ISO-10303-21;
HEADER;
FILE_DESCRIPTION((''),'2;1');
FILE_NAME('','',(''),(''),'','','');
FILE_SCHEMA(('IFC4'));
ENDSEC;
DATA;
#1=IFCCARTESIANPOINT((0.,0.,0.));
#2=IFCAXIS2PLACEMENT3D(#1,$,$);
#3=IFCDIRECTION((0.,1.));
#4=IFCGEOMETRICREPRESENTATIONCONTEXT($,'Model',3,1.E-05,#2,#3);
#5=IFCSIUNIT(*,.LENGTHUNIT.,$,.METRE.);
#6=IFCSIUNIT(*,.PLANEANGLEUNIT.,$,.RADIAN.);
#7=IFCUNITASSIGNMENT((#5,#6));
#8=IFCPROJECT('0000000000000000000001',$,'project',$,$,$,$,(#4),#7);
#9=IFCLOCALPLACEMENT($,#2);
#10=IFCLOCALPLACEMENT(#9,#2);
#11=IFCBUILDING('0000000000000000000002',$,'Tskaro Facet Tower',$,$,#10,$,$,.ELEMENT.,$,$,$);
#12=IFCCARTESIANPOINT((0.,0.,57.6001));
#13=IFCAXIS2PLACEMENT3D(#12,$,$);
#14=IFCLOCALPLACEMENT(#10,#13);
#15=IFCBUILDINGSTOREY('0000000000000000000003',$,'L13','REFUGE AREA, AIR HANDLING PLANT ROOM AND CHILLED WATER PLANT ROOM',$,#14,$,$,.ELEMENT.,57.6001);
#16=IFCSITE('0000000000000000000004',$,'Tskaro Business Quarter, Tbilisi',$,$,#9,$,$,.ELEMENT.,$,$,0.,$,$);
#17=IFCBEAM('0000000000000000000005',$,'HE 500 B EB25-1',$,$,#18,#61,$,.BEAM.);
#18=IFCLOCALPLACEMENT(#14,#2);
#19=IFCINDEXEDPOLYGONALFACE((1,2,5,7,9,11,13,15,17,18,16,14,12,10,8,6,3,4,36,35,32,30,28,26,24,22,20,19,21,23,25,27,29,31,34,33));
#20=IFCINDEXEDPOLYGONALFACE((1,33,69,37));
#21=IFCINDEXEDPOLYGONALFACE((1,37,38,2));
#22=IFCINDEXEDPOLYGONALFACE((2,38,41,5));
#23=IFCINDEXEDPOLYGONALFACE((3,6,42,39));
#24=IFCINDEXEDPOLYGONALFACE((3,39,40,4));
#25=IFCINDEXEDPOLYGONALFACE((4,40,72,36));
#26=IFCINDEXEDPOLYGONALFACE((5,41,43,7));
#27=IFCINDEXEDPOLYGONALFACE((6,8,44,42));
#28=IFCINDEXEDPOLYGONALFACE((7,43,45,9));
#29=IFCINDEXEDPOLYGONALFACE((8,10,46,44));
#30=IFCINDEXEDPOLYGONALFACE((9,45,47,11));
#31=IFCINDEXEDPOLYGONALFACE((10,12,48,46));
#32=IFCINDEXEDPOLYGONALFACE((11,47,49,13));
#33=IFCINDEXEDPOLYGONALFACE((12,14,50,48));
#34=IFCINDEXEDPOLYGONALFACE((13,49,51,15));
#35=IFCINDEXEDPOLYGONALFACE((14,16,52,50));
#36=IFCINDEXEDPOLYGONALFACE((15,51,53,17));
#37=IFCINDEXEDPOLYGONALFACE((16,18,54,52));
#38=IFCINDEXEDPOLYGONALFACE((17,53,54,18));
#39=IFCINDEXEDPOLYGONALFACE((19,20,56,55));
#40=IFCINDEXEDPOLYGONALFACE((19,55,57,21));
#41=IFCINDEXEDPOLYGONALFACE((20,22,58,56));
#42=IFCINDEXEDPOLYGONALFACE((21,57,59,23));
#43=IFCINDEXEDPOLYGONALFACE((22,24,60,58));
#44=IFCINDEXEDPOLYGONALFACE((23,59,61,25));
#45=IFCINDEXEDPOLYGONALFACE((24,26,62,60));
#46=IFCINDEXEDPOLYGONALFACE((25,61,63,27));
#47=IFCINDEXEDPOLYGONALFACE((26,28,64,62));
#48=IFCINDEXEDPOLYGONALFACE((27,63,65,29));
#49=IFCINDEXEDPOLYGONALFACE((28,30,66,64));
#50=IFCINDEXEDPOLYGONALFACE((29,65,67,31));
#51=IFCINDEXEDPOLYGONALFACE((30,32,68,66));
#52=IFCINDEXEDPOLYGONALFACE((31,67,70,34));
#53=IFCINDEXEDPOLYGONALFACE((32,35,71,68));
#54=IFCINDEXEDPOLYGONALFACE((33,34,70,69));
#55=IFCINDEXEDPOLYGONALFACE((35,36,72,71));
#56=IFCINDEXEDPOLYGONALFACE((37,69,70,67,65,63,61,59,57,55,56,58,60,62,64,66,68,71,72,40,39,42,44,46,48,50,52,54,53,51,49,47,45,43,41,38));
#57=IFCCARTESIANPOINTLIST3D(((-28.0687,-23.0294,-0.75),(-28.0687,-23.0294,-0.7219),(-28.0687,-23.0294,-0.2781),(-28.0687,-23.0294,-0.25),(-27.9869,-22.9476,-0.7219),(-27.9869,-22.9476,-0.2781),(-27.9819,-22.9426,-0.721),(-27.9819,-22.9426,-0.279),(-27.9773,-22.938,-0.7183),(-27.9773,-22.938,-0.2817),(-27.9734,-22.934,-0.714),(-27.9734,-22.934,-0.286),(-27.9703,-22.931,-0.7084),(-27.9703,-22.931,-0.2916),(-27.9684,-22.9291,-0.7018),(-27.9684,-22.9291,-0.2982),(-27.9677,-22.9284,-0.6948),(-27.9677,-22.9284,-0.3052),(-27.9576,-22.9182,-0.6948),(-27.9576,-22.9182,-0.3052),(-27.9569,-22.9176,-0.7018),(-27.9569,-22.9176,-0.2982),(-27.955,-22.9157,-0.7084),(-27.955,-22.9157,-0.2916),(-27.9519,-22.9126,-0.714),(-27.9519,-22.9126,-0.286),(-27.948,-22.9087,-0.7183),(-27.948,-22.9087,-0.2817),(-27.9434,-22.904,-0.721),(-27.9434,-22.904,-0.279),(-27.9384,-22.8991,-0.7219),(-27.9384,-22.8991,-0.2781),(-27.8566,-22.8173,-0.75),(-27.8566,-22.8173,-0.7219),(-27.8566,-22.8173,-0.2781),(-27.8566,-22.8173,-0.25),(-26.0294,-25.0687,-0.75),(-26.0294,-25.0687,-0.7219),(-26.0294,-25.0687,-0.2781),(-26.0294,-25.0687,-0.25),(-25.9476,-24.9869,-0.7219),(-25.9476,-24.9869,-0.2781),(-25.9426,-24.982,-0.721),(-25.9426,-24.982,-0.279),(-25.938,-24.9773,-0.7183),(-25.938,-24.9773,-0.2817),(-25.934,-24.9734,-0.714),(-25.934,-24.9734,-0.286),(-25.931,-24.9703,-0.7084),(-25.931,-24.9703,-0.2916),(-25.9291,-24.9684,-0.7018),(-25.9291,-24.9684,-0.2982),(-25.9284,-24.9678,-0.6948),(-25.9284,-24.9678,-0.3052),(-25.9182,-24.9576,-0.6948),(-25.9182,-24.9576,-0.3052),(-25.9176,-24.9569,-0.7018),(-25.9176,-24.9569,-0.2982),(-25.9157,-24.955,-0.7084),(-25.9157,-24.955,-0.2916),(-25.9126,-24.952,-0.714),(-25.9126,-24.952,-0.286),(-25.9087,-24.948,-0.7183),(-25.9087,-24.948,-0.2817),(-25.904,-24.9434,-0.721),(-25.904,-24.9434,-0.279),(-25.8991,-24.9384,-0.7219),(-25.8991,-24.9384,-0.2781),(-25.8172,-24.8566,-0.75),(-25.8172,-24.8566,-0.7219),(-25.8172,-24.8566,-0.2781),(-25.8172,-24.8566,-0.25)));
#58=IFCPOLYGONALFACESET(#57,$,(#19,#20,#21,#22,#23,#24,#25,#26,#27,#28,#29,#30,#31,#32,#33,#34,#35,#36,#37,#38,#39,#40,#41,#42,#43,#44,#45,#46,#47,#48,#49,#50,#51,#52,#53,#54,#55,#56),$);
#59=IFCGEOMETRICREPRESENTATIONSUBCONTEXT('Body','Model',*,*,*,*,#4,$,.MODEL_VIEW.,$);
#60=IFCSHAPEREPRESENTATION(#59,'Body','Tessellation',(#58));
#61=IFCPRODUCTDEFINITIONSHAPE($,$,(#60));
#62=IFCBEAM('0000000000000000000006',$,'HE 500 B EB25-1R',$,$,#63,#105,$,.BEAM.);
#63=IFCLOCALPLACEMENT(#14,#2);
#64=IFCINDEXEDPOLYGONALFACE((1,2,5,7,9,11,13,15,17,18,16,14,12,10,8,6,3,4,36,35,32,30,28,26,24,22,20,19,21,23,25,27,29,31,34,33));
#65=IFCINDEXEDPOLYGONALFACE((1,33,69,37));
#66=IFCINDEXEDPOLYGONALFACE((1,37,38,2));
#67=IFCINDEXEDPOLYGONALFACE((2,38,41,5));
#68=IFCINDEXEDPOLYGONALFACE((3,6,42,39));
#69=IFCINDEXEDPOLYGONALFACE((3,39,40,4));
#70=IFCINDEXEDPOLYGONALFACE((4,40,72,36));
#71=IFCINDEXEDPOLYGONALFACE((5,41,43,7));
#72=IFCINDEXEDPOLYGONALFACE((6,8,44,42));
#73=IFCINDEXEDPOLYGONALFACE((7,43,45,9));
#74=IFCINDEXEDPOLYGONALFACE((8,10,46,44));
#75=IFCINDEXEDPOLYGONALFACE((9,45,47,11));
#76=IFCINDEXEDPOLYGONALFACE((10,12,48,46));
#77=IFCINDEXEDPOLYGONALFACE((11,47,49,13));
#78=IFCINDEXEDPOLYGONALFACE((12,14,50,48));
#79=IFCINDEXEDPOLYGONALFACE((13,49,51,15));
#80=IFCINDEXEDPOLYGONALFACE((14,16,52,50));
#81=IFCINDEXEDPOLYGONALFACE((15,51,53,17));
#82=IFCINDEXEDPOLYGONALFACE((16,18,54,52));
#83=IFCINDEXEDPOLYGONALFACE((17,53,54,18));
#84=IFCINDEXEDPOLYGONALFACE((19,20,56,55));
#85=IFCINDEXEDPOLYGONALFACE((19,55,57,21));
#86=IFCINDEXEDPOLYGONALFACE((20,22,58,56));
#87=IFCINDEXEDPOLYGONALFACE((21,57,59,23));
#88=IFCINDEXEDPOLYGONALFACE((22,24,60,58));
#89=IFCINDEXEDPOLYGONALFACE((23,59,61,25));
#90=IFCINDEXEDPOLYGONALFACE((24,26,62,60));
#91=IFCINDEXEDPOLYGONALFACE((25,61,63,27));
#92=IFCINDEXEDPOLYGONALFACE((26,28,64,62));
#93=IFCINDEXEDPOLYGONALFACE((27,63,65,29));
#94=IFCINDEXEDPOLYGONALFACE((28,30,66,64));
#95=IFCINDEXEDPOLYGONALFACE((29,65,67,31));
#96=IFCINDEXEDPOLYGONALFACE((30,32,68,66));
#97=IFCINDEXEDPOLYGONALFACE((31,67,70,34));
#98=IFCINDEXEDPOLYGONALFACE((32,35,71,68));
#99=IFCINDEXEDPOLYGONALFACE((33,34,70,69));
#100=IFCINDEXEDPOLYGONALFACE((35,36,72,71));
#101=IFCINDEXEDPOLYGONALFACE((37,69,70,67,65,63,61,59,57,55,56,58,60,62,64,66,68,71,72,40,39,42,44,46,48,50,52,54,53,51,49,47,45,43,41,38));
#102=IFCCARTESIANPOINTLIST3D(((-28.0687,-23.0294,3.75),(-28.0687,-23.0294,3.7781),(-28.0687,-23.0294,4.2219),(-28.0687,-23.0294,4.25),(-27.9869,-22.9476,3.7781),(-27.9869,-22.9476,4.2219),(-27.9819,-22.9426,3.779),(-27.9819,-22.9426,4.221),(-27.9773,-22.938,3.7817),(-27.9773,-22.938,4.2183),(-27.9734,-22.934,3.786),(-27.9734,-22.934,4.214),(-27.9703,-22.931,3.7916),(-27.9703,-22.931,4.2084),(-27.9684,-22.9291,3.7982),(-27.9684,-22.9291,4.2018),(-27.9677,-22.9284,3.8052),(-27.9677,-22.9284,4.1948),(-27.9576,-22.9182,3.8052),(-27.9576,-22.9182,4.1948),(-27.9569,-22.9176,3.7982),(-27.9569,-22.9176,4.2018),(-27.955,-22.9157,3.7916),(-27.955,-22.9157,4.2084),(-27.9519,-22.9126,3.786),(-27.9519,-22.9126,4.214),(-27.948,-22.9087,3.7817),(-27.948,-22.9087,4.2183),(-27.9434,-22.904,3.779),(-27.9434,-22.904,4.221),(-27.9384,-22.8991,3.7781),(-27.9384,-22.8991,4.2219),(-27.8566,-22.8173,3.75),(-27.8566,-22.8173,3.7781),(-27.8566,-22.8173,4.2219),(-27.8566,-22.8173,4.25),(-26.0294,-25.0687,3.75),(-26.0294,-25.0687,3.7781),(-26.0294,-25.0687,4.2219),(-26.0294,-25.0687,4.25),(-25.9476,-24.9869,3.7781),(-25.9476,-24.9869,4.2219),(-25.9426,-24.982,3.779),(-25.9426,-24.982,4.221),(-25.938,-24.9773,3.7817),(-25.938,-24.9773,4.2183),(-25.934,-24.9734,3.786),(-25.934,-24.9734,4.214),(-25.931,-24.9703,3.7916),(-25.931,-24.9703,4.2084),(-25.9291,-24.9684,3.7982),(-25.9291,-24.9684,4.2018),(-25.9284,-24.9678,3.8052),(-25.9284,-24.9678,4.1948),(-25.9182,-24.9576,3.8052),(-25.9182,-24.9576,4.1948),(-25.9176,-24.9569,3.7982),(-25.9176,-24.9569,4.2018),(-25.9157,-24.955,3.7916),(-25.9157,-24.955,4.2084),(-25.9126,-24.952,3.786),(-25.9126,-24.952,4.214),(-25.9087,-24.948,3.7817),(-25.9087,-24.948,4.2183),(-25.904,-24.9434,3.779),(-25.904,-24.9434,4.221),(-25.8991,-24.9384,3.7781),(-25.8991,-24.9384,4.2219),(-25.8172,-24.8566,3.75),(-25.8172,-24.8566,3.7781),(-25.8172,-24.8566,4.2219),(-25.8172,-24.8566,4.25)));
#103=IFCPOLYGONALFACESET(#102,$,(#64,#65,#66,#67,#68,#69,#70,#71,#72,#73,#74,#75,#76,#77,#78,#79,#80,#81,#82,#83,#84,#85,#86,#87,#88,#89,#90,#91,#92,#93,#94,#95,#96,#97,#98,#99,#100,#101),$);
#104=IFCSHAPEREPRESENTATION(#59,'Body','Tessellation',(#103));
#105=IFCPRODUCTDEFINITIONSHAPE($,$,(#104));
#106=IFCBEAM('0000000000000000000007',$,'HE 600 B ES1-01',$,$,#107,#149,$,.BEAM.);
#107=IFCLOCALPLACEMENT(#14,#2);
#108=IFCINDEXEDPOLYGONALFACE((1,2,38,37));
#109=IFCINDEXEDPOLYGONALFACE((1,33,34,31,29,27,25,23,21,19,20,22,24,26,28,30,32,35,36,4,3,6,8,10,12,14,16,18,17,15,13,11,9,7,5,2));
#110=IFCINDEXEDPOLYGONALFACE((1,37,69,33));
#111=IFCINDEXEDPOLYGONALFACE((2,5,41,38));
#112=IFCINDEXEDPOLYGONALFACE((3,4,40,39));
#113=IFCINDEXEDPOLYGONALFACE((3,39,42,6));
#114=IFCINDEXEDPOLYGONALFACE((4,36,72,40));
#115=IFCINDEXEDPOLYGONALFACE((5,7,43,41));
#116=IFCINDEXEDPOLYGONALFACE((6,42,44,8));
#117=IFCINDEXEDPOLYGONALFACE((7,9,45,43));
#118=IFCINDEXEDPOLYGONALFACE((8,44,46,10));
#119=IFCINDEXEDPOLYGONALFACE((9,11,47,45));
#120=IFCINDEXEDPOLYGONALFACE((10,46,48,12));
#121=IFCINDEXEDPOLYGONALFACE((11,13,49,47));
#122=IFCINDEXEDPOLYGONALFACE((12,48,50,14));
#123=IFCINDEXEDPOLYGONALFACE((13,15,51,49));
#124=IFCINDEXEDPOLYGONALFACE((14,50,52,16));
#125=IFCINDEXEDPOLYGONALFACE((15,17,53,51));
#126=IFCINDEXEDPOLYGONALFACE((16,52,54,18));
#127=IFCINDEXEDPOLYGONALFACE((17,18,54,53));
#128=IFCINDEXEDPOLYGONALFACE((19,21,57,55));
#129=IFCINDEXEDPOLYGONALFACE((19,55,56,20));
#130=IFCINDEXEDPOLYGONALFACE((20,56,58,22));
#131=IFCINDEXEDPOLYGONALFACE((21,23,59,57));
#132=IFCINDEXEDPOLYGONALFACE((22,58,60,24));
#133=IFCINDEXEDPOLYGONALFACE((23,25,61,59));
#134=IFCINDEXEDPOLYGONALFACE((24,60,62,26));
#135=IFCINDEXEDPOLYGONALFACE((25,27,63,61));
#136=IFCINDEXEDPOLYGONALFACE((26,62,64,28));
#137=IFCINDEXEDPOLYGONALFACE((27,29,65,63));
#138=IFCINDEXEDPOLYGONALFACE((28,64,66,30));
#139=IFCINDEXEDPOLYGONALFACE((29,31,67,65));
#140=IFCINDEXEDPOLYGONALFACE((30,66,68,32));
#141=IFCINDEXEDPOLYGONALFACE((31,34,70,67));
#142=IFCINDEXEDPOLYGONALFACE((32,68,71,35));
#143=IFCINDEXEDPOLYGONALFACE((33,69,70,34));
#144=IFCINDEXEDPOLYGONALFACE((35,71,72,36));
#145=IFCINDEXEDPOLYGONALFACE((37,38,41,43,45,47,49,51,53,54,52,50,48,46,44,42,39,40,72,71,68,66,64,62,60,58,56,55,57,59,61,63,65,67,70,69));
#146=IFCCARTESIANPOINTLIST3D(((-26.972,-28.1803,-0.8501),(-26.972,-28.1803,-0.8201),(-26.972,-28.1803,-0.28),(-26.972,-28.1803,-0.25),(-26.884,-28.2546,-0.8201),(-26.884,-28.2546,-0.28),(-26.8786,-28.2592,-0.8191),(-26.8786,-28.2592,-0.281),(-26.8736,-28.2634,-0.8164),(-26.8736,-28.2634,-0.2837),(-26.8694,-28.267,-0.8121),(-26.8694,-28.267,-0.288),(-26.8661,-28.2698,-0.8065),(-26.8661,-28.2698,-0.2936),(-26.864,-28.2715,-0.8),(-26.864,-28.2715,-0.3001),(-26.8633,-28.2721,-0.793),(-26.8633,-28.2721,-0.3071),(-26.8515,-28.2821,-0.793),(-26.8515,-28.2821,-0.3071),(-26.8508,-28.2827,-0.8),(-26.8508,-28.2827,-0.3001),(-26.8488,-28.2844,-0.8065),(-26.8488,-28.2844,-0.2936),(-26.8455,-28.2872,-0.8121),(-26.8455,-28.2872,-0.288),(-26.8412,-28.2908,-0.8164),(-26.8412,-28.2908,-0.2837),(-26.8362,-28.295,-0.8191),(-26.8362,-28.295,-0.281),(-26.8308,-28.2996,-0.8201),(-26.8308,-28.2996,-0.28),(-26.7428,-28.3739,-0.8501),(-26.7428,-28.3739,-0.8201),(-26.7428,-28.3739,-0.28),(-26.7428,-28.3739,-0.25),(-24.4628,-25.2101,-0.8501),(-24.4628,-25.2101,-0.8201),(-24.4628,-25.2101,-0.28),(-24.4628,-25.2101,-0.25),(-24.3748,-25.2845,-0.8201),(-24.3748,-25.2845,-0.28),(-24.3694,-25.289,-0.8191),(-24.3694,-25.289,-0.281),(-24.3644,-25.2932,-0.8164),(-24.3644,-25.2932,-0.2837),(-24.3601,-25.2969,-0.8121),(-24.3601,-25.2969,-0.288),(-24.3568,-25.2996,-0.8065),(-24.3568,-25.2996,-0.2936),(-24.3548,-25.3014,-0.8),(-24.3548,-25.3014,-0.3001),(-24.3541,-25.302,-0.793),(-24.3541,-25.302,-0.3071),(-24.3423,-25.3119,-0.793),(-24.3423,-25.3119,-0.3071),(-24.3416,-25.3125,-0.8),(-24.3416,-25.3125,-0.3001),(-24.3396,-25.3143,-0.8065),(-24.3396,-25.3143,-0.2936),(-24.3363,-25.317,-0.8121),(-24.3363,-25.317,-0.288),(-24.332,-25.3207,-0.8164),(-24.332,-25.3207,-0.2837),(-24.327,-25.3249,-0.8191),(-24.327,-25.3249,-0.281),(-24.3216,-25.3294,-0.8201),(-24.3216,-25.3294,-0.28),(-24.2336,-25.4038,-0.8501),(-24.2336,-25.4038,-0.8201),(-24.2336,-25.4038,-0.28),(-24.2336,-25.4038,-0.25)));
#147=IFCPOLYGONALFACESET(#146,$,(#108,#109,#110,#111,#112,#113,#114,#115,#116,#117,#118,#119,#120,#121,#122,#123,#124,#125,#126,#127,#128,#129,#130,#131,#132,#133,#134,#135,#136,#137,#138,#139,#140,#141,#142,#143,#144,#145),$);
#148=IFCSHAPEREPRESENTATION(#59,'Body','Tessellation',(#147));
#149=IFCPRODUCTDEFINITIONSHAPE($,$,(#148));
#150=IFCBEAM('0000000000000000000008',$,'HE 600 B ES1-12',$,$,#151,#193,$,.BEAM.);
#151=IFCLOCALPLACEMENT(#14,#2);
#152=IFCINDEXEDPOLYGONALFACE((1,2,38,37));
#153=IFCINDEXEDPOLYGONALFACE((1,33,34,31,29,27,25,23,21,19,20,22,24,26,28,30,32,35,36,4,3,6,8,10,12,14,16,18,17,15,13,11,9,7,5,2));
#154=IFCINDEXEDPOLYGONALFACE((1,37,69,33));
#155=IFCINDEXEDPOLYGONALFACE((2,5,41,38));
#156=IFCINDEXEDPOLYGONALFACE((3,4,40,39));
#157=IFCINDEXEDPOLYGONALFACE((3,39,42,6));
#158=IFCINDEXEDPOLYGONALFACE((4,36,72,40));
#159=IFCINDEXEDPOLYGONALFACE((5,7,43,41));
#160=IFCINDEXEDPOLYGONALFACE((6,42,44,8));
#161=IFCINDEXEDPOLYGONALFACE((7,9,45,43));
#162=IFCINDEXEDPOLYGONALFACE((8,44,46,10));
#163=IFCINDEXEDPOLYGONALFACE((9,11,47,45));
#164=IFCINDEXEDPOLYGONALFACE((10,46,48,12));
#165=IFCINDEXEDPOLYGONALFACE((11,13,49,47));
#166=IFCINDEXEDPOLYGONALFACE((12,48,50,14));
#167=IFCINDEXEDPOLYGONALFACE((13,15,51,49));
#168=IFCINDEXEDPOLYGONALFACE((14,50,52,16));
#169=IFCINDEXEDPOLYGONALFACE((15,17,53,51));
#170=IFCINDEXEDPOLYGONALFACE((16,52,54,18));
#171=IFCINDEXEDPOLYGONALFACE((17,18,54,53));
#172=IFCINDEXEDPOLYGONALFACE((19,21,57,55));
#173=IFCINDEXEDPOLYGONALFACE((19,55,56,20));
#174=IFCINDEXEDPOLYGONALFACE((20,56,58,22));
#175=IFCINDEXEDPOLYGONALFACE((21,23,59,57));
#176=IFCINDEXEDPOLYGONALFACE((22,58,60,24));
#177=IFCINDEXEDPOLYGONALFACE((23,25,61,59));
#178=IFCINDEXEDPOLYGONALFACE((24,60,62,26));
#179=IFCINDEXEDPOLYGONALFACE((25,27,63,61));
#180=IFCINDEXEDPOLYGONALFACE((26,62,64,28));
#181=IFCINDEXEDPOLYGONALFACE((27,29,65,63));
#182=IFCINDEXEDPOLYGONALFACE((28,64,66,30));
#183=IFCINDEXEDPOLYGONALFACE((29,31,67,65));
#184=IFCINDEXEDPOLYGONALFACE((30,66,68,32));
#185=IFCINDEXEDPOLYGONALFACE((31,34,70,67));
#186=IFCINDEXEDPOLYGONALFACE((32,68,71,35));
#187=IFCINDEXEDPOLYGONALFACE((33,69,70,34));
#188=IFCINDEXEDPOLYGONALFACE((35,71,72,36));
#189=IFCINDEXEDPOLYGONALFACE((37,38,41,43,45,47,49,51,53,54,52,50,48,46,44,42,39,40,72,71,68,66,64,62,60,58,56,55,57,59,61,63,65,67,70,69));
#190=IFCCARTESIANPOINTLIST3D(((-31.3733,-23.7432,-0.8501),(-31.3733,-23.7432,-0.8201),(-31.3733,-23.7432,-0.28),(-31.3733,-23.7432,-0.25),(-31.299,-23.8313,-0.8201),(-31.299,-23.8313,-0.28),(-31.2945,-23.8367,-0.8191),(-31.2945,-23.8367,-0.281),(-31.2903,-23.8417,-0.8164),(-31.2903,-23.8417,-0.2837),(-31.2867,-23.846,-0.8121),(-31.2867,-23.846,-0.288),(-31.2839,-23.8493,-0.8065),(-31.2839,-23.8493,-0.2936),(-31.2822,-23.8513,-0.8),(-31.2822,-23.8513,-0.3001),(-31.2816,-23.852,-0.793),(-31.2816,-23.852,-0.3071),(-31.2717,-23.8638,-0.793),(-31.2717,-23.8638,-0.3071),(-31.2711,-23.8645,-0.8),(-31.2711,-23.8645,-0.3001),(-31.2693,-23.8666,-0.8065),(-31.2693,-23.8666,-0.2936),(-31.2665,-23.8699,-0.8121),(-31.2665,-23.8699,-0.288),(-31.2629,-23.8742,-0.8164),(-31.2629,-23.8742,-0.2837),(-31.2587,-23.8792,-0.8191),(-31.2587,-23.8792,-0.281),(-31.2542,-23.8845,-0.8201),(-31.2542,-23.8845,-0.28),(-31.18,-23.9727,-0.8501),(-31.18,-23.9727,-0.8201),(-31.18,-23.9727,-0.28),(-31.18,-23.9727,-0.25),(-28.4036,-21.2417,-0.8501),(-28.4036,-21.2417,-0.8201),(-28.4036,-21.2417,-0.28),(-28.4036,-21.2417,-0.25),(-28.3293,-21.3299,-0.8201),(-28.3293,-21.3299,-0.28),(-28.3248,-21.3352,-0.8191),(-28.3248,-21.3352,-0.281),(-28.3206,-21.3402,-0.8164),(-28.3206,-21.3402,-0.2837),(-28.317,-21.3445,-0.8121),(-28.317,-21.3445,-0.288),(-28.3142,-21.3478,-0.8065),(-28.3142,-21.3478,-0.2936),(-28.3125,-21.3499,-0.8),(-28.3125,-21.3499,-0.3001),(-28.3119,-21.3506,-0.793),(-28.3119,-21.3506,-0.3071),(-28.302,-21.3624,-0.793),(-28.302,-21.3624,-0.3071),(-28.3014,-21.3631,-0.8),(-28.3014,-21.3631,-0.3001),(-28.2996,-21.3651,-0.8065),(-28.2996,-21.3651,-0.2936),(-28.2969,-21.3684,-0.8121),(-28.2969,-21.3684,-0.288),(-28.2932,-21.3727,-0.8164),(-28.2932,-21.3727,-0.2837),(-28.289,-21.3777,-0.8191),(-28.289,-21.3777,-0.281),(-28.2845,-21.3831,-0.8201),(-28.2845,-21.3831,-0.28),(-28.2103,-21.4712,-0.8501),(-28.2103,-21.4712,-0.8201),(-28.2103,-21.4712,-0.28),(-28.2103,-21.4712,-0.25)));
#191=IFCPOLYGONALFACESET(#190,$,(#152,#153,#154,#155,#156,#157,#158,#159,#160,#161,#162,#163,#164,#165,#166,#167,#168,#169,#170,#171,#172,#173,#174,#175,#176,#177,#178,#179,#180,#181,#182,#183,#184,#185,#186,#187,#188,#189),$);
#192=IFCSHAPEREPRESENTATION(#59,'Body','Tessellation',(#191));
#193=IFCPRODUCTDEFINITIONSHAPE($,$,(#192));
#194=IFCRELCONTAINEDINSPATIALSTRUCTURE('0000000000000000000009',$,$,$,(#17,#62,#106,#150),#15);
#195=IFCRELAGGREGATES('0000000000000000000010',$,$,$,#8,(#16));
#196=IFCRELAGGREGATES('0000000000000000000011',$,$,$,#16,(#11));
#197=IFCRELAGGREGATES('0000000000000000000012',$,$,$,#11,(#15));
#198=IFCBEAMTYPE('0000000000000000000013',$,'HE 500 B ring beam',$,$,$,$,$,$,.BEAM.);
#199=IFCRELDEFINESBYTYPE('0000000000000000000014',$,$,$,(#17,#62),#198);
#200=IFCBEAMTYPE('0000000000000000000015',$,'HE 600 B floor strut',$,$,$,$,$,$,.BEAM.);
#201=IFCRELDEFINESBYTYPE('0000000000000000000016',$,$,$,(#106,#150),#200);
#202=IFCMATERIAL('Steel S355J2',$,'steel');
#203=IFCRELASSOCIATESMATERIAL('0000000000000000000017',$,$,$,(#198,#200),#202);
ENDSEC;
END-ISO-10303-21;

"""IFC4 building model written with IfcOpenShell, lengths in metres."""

from ifc_helpers import new_model, si_unit, direction, frame, origin, origin_2d, place, context, subcontext, project, spatial, i_section, extrude, material, material_profile, profile_set, type_object, element, save


model = new_model("IFC4")

# Units and contexts
model_context = context("Model", 3, precision=1e-05, world=origin(), true_north=direction((0.0, 1.0)))
body_context = subcontext(model_context, "Body", "Model", "MODEL_VIEW")
ifc_project = project(units=[si_unit("LENGTHUNIT", "METRE"), si_unit("PLANEANGLEUNIT", "RADIAN")], contexts=[model_context])

# Site, building, storey
site_placement = place(None, origin())
site = spatial("IfcSite", under=ifc_project, at=site_placement, Name="Tskaro Business Quarter, Tbilisi", CompositionType="ELEMENT", RefElevation=0.0)
building_placement = place(site_placement, origin())
building = spatial("IfcBuilding", under=site, at=building_placement, Name="Tskaro Facet Tower", CompositionType="ELEMENT")
storey_placement = place(building_placement, frame((0.0, 0.0, 57.6001)))
storey = spatial("IfcBuildingStorey", under=building, at=storey_placement, Name="L13", Description="REFUGE AREA, AIR HANDLING PLANT ROOM AND CHILLED WATER PLANT ROOM", CompositionType="ELEMENT", Elevation=57.6001)

# Shared definitions
ifc_material_1 = material(Name="Steel S355J2", Category="steel")

# Beams
ifc_material_profile_1 = material_profile(ifc_material_1, i_section(OverallWidth=0.3, OverallDepth=0.5, WebThickness=0.0144, FlangeThickness=0.0281, FilletRadius=0.0271, at=origin_2d()), Name="HE 500 B")
ifc_profile_set_1 = profile_set([ifc_material_profile_1], Name="Steel S355J2")
beam_type_1 = type_object("IfcBeamType", Name="HE 500 B ring beam", PredefinedType="BEAM", material=ifc_profile_set_1)
for number, where, z_axis, x_axis, name in (
    (1, (-27.9626, -22.9233, -0.5), (0.707107, -0.707107, 0.0), (0.707107, 0.707107, 0.0), "HE 500 B EB25-1"),
    (2, (-27.9626, -22.9233, 4.0), (0.707107, -0.707107, 0.0), (0.707107, 0.707107, 0.0), "HE 500 B EB25-1R"),
):
    element("IfcBeam", number, at=place(storey_placement, frame(where, z_axis=z_axis, x_axis=x_axis)), inside=storey, type_object=beam_type_1, Name=name, PredefinedType="BEAM", context=body_context, shape_type="SweptSolid", body=[
        extrude(i_section(OverallWidth=0.3, OverallDepth=0.5, WebThickness=0.0144, FlangeThickness=0.0281, FilletRadius=0.0271, at=origin_2d()), origin(), (0.0, 0.0, 1.0), 2.884),
    ])
ifc_material_profile_2 = material_profile(ifc_material_1, i_section(OverallWidth=0.3, OverallDepth=0.6001, WebThickness=0.0154, FlangeThickness=0.03, FilletRadius=0.0271, at=origin_2d()), Name="HE 600 B")
ifc_profile_set_2 = profile_set([ifc_material_profile_2], Name="Steel S355J2")
beam_type_2 = type_object("IfcBeamType", Name="HE 600 B floor strut", PredefinedType="BEAM", material=ifc_profile_set_2)
beam_1_placement = place(storey_placement, frame((-26.8574, -28.2771, -0.55), z_axis=(0.645345, 0.763891, 0.0), x_axis=(-0.763891, 0.645345, 0.0)))
element("IfcBeam", 3, at=beam_1_placement, inside=storey, type_object=beam_type_2, Name="HE 600 B ES1-01", PredefinedType="BEAM", context=body_context, shape_type="SweptSolid", body=[
    extrude(i_section(OverallWidth=0.3, OverallDepth=0.6001, WebThickness=0.0154, FlangeThickness=0.03, FilletRadius=0.0271, at=origin_2d()), origin(), (0.0, 0.0, 1.0), 3.8882),
])
beam_2_placement = place(storey_placement, frame((-31.2766, -23.8579, -0.55), z_axis=(0.76483, 0.644233, 0.0), x_axis=(-0.644233, 0.76483, 0.0)))
element("IfcBeam", 4, at=beam_2_placement, inside=storey, type_object=beam_type_2, Name="HE 600 B ES1-12", PredefinedType="BEAM", context=body_context, shape_type="SweptSolid", body=[
    extrude(i_section(OverallWidth=0.3, OverallDepth=0.6001, WebThickness=0.0154, FlangeThickness=0.03, FilletRadius=0.0271, at=origin_2d()), origin(), (0.0, 0.0, 1.0), 3.8828),
])

save(model, "model.ifc")
